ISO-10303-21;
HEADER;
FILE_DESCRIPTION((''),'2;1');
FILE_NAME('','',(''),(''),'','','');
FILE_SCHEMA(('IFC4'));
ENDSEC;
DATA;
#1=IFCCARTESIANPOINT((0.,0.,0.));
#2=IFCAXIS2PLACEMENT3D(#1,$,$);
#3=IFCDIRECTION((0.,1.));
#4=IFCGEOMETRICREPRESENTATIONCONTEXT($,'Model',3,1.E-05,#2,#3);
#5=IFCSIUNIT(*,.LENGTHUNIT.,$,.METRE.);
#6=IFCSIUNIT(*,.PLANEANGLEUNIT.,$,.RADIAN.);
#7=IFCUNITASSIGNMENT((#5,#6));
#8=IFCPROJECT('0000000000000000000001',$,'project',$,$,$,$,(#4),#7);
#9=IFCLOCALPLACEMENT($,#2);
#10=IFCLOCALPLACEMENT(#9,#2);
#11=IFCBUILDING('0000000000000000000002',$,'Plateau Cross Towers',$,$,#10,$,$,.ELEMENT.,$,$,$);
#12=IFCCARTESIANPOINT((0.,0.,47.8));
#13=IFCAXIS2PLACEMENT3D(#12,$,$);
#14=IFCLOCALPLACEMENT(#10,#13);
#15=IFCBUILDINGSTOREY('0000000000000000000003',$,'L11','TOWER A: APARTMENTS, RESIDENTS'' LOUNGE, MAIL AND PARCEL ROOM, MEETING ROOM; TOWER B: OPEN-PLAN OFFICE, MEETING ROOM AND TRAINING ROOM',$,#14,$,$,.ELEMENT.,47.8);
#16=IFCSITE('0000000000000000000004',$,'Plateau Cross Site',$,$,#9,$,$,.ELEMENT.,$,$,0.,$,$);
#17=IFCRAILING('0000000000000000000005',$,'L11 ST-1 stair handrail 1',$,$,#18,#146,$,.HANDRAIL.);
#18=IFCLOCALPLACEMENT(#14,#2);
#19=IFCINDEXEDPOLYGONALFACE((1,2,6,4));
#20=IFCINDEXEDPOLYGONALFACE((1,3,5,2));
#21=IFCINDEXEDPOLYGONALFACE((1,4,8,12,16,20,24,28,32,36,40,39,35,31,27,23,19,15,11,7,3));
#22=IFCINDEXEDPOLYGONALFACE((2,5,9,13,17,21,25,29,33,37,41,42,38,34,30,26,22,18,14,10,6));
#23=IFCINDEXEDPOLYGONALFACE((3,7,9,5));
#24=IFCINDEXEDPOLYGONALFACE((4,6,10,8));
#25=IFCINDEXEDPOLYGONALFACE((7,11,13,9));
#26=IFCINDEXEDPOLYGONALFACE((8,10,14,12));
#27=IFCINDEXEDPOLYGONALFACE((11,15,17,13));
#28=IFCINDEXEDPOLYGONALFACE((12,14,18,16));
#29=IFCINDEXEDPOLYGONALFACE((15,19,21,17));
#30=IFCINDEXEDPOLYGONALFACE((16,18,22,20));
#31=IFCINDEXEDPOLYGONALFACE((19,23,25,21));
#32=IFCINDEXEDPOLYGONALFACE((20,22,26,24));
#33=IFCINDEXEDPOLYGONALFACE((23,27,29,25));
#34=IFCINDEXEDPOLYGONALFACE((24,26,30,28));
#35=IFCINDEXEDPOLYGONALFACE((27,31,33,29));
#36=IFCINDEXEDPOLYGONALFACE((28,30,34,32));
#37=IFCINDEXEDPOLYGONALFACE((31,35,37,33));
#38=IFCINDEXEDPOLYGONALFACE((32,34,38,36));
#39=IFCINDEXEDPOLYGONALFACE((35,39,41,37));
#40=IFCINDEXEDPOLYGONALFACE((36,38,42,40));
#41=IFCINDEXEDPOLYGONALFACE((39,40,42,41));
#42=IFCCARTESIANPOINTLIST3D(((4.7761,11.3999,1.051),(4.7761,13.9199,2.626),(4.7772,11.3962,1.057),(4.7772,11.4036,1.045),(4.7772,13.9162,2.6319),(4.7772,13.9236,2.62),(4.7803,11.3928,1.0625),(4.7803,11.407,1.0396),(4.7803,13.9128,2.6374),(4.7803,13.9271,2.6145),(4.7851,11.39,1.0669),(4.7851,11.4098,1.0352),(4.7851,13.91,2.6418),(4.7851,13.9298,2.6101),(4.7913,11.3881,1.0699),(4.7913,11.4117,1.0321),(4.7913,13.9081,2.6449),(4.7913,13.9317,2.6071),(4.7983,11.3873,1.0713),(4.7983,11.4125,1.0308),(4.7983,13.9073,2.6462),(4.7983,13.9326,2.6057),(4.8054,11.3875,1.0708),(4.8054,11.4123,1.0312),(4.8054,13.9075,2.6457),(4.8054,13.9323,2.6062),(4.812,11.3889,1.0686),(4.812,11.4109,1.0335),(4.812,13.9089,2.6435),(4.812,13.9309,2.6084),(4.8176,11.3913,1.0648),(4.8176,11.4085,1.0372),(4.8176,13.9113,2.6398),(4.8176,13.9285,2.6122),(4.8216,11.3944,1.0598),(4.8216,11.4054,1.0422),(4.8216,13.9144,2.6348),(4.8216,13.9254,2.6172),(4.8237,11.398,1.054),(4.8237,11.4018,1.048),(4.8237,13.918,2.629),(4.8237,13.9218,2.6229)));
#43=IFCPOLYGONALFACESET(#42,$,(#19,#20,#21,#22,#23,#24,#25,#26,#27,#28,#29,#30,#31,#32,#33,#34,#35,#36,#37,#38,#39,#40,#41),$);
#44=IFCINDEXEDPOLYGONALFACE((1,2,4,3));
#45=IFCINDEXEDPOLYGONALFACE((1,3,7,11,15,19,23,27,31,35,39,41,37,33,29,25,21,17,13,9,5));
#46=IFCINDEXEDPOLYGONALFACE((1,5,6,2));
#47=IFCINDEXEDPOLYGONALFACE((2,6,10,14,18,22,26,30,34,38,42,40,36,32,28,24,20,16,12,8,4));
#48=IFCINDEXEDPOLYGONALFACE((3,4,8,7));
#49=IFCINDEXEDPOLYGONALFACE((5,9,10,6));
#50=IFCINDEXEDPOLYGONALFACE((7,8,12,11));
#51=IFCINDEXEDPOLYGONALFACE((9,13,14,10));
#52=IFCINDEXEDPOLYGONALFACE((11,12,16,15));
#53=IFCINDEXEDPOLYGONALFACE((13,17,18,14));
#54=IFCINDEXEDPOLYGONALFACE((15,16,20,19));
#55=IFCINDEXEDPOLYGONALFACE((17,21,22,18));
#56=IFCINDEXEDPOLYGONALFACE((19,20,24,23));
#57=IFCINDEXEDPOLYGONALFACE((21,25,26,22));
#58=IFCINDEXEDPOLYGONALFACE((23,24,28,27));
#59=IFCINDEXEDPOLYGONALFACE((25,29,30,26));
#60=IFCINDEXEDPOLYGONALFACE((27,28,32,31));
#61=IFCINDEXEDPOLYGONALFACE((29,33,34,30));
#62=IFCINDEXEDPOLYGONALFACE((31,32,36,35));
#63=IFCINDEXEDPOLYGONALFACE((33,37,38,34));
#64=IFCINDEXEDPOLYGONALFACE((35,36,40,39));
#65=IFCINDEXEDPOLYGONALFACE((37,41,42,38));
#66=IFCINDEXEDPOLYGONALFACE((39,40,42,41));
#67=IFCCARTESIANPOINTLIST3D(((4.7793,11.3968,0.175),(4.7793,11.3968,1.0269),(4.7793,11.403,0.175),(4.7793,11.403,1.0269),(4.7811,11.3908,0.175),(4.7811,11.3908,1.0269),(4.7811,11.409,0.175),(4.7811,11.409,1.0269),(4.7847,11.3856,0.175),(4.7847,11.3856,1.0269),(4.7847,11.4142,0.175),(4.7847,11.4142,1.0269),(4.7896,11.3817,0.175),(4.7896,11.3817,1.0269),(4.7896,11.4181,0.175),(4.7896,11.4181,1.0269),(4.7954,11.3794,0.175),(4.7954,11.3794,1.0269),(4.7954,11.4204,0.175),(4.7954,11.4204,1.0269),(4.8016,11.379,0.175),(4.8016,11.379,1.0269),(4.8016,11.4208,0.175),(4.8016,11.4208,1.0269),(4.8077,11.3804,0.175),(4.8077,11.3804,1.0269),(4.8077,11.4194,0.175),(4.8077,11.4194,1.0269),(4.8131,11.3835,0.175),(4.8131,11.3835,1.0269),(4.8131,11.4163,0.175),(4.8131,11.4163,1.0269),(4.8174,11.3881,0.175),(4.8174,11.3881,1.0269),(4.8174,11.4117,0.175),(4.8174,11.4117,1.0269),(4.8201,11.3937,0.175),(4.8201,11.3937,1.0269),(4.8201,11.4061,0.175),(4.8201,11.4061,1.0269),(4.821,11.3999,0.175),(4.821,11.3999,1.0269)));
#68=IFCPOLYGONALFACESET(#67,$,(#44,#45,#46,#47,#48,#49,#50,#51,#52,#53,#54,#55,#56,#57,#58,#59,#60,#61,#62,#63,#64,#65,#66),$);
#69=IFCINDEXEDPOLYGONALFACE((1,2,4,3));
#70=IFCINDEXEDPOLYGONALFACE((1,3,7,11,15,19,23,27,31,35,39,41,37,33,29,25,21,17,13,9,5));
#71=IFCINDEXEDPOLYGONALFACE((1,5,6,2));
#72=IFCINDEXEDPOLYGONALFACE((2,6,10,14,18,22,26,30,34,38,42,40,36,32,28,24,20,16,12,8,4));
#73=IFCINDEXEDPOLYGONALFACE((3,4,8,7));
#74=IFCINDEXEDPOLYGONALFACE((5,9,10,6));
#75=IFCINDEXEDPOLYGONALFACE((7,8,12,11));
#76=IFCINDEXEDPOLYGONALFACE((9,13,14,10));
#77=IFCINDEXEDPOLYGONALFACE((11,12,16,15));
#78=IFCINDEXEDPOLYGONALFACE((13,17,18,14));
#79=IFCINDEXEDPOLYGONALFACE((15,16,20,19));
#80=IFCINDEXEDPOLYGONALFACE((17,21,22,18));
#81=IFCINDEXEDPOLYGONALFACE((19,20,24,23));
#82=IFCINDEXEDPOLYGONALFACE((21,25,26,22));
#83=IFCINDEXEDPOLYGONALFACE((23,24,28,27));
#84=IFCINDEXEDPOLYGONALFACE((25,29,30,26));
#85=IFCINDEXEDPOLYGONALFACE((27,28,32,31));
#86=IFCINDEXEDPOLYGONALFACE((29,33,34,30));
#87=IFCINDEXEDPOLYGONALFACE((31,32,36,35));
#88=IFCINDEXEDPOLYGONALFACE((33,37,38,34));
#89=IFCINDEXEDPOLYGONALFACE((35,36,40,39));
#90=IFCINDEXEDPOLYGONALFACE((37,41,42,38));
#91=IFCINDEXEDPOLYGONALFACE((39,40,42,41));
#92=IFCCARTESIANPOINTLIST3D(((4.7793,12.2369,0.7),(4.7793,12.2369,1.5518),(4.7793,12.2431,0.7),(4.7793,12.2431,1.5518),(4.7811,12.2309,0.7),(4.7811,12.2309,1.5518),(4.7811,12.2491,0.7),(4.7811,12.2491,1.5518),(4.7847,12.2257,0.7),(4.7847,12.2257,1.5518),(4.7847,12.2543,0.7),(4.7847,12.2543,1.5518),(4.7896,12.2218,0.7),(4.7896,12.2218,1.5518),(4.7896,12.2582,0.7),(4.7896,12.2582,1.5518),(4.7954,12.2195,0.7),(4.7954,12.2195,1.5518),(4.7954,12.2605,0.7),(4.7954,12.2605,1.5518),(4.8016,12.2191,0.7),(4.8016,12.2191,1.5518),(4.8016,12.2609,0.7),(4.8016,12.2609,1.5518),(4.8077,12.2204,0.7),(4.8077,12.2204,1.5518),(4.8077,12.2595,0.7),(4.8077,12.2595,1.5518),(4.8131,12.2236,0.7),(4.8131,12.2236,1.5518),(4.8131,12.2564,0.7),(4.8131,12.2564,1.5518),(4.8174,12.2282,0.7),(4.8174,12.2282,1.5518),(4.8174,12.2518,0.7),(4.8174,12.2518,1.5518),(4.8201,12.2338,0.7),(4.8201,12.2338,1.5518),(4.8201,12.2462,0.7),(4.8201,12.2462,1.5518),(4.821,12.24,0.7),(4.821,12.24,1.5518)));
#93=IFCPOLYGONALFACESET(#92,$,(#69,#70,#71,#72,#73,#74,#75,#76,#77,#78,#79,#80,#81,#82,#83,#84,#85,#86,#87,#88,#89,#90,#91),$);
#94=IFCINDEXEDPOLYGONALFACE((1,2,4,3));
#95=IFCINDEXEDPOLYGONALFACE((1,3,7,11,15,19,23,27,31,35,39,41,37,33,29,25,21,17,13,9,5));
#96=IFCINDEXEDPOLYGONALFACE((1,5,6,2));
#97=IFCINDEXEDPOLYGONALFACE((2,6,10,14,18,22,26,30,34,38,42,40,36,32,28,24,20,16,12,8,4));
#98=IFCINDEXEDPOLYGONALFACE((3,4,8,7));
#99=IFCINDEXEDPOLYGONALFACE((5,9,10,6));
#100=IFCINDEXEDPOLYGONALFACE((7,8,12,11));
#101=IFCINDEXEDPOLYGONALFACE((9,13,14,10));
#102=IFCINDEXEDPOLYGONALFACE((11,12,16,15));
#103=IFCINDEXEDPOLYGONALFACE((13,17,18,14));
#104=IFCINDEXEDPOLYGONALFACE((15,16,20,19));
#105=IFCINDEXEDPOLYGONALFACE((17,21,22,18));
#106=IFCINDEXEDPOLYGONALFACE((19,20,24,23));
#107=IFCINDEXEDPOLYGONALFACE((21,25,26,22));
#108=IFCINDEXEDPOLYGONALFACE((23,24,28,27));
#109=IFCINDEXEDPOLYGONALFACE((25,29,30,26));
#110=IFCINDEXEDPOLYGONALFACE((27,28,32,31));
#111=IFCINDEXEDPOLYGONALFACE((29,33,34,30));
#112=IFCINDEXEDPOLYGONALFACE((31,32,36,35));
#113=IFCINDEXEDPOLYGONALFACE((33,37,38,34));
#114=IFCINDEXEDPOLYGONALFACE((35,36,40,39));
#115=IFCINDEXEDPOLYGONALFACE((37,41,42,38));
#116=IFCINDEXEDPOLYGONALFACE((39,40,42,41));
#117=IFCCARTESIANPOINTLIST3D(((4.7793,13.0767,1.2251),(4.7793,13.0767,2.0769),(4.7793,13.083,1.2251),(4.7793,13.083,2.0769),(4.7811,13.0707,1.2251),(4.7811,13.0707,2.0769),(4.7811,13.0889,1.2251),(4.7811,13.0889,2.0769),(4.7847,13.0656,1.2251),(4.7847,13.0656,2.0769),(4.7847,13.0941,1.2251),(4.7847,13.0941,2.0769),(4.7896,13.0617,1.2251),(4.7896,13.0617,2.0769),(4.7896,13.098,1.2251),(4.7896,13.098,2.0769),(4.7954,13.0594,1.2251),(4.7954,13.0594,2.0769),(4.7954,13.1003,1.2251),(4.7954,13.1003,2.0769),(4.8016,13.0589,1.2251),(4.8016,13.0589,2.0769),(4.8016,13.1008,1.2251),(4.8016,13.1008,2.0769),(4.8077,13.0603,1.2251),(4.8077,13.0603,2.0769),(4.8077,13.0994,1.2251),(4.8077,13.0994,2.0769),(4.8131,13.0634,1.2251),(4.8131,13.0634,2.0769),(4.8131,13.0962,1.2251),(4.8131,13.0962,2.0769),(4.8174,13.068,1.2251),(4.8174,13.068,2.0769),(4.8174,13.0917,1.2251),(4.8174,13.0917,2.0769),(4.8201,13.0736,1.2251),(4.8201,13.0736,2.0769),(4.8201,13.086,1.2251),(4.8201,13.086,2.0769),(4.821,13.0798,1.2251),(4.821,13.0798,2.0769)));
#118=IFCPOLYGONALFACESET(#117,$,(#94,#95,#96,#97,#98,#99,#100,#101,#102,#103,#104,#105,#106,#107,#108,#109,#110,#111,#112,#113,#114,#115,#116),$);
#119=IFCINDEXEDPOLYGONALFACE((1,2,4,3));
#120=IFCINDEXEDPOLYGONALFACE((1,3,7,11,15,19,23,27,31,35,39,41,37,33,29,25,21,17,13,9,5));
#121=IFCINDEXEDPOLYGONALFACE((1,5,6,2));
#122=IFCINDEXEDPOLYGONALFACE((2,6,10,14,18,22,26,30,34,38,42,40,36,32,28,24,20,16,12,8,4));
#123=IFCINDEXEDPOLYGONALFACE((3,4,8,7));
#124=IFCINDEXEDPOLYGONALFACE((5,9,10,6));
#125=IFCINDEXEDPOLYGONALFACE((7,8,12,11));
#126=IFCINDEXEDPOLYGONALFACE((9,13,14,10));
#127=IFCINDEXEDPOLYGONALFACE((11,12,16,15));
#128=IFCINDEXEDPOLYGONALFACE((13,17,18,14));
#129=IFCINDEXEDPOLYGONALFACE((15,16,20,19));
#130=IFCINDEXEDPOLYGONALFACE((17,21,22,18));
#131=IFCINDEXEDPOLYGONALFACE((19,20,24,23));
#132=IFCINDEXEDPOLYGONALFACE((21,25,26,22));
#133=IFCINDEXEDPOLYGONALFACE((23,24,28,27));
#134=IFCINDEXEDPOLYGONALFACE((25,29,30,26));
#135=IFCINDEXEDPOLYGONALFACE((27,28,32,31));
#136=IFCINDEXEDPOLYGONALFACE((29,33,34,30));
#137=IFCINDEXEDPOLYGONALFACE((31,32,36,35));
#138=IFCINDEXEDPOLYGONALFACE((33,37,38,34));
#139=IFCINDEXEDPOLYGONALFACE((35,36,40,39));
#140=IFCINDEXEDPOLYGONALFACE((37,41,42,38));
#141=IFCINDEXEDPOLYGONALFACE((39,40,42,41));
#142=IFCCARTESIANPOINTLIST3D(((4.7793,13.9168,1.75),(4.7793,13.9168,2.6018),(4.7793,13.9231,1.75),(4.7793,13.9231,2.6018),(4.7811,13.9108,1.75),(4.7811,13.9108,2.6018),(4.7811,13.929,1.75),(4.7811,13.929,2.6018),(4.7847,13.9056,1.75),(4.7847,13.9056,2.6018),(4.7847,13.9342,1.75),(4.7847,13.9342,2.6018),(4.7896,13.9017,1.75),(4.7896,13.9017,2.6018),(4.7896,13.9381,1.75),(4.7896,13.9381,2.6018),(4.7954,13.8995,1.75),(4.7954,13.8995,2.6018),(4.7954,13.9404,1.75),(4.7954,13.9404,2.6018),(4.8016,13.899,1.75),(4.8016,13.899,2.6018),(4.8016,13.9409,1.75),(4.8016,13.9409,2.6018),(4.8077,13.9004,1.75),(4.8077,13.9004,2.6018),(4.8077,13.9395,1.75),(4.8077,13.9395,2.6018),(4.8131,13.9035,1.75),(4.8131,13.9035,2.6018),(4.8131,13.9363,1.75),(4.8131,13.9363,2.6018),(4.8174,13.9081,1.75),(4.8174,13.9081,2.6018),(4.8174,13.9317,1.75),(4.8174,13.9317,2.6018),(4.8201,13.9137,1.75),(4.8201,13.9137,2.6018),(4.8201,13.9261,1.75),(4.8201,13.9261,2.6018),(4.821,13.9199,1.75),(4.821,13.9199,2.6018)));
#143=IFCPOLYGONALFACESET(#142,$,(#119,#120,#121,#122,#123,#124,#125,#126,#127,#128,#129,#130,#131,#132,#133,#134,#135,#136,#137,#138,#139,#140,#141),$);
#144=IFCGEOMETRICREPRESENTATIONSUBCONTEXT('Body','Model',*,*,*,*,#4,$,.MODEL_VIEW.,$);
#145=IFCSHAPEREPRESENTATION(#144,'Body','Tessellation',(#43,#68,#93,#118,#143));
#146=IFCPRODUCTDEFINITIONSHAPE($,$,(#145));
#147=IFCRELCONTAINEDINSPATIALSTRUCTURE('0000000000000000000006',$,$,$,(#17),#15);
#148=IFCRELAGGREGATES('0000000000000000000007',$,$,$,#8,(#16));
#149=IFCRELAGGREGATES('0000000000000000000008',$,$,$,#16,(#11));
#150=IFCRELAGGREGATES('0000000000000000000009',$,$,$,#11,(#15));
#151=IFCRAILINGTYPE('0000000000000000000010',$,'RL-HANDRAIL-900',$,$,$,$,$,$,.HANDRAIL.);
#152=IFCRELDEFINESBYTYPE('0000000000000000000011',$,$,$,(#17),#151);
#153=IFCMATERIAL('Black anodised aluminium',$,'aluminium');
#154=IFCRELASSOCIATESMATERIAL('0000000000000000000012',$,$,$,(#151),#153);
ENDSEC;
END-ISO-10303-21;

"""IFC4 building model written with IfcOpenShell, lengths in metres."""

from ifc_helpers import new_model, si_unit, direction, frame, origin, origin_2d, place, context, subcontext, project, spatial, circle, extrude, material, type_object, element, save


model = new_model("IFC4")

# Units and contexts
model_context = context("Model", 3, precision=1e-05, world=origin(), true_north=direction((0.0, 1.0)))
body_context = subcontext(model_context, "Body", "Model", "MODEL_VIEW")
ifc_project = project(units=[si_unit("LENGTHUNIT", "METRE"), si_unit("PLANEANGLEUNIT", "RADIAN")], contexts=[model_context])

# Site, building, storey
site_placement = place(None, origin())
site = spatial("IfcSite", under=ifc_project, at=site_placement, Name="Plateau Cross Site", CompositionType="ELEMENT", RefElevation=0.0)
building_placement = place(site_placement, origin())
building = spatial("IfcBuilding", under=site, at=building_placement, Name="Plateau Cross Towers", CompositionType="ELEMENT")
storey_placement = place(building_placement, frame((0.0, 0.0, 47.8)))
storey = spatial("IfcBuildingStorey", under=building, at=storey_placement, Name="L11", Description="TOWER A: APARTMENTS, RESIDENTS' LOUNGE, MAIL AND PARCEL ROOM, MEETING ROOM; TOWER B: OPEN-PLAN OFFICE, MEETING ROOM AND TRAINING ROOM", CompositionType="ELEMENT", Elevation=47.8)

# Shared definitions
ifc_material_1 = material(Name="Black anodised aluminium", Category="aluminium")

# Railing
railing_type_1 = type_object("IfcRailingType", Name="RL-HANDRAIL-900", PredefinedType="HANDRAIL", material=ifc_material_1)
railing_1_placement = place(storey_placement, frame((4.8, 11.3999, 0.175)))
element("IfcRailing", 1, at=railing_1_placement, inside=storey, type_object=railing_type_1, Name="L11 ST-1 stair handrail 1", PredefinedType="HANDRAIL", context=body_context, shape_type="SweptSolid", body=[
    extrude(circle(Radius=0.0239, at=origin_2d()), frame((0.0, 0.0, 0.876), z_axis=(0.0, 0.848008, 0.529984), x_axis=(-1.0, 0.0, 0.0)), (0.0, 0.0, 1.0), 2.9717),
    extrude(circle(Radius=0.021, at=origin_2d()), origin(), (0.0, 0.0, 1.0), 0.8518),
    extrude(circle(Radius=0.021, at=origin_2d()), frame((0.0, 0.8401, 0.5249)), (0.0, 0.0, 1.0), 0.8518),
    extrude(circle(Radius=0.021, at=origin_2d()), frame((0.0, 1.6799, 1.05)), (0.0, 0.0, 1.0), 0.8518),
    extrude(circle(Radius=0.021, at=origin_2d()), frame((0.0, 2.52, 1.575)), (0.0, 0.0, 1.0), 0.8518),
])

save(model, "model.ifc")
